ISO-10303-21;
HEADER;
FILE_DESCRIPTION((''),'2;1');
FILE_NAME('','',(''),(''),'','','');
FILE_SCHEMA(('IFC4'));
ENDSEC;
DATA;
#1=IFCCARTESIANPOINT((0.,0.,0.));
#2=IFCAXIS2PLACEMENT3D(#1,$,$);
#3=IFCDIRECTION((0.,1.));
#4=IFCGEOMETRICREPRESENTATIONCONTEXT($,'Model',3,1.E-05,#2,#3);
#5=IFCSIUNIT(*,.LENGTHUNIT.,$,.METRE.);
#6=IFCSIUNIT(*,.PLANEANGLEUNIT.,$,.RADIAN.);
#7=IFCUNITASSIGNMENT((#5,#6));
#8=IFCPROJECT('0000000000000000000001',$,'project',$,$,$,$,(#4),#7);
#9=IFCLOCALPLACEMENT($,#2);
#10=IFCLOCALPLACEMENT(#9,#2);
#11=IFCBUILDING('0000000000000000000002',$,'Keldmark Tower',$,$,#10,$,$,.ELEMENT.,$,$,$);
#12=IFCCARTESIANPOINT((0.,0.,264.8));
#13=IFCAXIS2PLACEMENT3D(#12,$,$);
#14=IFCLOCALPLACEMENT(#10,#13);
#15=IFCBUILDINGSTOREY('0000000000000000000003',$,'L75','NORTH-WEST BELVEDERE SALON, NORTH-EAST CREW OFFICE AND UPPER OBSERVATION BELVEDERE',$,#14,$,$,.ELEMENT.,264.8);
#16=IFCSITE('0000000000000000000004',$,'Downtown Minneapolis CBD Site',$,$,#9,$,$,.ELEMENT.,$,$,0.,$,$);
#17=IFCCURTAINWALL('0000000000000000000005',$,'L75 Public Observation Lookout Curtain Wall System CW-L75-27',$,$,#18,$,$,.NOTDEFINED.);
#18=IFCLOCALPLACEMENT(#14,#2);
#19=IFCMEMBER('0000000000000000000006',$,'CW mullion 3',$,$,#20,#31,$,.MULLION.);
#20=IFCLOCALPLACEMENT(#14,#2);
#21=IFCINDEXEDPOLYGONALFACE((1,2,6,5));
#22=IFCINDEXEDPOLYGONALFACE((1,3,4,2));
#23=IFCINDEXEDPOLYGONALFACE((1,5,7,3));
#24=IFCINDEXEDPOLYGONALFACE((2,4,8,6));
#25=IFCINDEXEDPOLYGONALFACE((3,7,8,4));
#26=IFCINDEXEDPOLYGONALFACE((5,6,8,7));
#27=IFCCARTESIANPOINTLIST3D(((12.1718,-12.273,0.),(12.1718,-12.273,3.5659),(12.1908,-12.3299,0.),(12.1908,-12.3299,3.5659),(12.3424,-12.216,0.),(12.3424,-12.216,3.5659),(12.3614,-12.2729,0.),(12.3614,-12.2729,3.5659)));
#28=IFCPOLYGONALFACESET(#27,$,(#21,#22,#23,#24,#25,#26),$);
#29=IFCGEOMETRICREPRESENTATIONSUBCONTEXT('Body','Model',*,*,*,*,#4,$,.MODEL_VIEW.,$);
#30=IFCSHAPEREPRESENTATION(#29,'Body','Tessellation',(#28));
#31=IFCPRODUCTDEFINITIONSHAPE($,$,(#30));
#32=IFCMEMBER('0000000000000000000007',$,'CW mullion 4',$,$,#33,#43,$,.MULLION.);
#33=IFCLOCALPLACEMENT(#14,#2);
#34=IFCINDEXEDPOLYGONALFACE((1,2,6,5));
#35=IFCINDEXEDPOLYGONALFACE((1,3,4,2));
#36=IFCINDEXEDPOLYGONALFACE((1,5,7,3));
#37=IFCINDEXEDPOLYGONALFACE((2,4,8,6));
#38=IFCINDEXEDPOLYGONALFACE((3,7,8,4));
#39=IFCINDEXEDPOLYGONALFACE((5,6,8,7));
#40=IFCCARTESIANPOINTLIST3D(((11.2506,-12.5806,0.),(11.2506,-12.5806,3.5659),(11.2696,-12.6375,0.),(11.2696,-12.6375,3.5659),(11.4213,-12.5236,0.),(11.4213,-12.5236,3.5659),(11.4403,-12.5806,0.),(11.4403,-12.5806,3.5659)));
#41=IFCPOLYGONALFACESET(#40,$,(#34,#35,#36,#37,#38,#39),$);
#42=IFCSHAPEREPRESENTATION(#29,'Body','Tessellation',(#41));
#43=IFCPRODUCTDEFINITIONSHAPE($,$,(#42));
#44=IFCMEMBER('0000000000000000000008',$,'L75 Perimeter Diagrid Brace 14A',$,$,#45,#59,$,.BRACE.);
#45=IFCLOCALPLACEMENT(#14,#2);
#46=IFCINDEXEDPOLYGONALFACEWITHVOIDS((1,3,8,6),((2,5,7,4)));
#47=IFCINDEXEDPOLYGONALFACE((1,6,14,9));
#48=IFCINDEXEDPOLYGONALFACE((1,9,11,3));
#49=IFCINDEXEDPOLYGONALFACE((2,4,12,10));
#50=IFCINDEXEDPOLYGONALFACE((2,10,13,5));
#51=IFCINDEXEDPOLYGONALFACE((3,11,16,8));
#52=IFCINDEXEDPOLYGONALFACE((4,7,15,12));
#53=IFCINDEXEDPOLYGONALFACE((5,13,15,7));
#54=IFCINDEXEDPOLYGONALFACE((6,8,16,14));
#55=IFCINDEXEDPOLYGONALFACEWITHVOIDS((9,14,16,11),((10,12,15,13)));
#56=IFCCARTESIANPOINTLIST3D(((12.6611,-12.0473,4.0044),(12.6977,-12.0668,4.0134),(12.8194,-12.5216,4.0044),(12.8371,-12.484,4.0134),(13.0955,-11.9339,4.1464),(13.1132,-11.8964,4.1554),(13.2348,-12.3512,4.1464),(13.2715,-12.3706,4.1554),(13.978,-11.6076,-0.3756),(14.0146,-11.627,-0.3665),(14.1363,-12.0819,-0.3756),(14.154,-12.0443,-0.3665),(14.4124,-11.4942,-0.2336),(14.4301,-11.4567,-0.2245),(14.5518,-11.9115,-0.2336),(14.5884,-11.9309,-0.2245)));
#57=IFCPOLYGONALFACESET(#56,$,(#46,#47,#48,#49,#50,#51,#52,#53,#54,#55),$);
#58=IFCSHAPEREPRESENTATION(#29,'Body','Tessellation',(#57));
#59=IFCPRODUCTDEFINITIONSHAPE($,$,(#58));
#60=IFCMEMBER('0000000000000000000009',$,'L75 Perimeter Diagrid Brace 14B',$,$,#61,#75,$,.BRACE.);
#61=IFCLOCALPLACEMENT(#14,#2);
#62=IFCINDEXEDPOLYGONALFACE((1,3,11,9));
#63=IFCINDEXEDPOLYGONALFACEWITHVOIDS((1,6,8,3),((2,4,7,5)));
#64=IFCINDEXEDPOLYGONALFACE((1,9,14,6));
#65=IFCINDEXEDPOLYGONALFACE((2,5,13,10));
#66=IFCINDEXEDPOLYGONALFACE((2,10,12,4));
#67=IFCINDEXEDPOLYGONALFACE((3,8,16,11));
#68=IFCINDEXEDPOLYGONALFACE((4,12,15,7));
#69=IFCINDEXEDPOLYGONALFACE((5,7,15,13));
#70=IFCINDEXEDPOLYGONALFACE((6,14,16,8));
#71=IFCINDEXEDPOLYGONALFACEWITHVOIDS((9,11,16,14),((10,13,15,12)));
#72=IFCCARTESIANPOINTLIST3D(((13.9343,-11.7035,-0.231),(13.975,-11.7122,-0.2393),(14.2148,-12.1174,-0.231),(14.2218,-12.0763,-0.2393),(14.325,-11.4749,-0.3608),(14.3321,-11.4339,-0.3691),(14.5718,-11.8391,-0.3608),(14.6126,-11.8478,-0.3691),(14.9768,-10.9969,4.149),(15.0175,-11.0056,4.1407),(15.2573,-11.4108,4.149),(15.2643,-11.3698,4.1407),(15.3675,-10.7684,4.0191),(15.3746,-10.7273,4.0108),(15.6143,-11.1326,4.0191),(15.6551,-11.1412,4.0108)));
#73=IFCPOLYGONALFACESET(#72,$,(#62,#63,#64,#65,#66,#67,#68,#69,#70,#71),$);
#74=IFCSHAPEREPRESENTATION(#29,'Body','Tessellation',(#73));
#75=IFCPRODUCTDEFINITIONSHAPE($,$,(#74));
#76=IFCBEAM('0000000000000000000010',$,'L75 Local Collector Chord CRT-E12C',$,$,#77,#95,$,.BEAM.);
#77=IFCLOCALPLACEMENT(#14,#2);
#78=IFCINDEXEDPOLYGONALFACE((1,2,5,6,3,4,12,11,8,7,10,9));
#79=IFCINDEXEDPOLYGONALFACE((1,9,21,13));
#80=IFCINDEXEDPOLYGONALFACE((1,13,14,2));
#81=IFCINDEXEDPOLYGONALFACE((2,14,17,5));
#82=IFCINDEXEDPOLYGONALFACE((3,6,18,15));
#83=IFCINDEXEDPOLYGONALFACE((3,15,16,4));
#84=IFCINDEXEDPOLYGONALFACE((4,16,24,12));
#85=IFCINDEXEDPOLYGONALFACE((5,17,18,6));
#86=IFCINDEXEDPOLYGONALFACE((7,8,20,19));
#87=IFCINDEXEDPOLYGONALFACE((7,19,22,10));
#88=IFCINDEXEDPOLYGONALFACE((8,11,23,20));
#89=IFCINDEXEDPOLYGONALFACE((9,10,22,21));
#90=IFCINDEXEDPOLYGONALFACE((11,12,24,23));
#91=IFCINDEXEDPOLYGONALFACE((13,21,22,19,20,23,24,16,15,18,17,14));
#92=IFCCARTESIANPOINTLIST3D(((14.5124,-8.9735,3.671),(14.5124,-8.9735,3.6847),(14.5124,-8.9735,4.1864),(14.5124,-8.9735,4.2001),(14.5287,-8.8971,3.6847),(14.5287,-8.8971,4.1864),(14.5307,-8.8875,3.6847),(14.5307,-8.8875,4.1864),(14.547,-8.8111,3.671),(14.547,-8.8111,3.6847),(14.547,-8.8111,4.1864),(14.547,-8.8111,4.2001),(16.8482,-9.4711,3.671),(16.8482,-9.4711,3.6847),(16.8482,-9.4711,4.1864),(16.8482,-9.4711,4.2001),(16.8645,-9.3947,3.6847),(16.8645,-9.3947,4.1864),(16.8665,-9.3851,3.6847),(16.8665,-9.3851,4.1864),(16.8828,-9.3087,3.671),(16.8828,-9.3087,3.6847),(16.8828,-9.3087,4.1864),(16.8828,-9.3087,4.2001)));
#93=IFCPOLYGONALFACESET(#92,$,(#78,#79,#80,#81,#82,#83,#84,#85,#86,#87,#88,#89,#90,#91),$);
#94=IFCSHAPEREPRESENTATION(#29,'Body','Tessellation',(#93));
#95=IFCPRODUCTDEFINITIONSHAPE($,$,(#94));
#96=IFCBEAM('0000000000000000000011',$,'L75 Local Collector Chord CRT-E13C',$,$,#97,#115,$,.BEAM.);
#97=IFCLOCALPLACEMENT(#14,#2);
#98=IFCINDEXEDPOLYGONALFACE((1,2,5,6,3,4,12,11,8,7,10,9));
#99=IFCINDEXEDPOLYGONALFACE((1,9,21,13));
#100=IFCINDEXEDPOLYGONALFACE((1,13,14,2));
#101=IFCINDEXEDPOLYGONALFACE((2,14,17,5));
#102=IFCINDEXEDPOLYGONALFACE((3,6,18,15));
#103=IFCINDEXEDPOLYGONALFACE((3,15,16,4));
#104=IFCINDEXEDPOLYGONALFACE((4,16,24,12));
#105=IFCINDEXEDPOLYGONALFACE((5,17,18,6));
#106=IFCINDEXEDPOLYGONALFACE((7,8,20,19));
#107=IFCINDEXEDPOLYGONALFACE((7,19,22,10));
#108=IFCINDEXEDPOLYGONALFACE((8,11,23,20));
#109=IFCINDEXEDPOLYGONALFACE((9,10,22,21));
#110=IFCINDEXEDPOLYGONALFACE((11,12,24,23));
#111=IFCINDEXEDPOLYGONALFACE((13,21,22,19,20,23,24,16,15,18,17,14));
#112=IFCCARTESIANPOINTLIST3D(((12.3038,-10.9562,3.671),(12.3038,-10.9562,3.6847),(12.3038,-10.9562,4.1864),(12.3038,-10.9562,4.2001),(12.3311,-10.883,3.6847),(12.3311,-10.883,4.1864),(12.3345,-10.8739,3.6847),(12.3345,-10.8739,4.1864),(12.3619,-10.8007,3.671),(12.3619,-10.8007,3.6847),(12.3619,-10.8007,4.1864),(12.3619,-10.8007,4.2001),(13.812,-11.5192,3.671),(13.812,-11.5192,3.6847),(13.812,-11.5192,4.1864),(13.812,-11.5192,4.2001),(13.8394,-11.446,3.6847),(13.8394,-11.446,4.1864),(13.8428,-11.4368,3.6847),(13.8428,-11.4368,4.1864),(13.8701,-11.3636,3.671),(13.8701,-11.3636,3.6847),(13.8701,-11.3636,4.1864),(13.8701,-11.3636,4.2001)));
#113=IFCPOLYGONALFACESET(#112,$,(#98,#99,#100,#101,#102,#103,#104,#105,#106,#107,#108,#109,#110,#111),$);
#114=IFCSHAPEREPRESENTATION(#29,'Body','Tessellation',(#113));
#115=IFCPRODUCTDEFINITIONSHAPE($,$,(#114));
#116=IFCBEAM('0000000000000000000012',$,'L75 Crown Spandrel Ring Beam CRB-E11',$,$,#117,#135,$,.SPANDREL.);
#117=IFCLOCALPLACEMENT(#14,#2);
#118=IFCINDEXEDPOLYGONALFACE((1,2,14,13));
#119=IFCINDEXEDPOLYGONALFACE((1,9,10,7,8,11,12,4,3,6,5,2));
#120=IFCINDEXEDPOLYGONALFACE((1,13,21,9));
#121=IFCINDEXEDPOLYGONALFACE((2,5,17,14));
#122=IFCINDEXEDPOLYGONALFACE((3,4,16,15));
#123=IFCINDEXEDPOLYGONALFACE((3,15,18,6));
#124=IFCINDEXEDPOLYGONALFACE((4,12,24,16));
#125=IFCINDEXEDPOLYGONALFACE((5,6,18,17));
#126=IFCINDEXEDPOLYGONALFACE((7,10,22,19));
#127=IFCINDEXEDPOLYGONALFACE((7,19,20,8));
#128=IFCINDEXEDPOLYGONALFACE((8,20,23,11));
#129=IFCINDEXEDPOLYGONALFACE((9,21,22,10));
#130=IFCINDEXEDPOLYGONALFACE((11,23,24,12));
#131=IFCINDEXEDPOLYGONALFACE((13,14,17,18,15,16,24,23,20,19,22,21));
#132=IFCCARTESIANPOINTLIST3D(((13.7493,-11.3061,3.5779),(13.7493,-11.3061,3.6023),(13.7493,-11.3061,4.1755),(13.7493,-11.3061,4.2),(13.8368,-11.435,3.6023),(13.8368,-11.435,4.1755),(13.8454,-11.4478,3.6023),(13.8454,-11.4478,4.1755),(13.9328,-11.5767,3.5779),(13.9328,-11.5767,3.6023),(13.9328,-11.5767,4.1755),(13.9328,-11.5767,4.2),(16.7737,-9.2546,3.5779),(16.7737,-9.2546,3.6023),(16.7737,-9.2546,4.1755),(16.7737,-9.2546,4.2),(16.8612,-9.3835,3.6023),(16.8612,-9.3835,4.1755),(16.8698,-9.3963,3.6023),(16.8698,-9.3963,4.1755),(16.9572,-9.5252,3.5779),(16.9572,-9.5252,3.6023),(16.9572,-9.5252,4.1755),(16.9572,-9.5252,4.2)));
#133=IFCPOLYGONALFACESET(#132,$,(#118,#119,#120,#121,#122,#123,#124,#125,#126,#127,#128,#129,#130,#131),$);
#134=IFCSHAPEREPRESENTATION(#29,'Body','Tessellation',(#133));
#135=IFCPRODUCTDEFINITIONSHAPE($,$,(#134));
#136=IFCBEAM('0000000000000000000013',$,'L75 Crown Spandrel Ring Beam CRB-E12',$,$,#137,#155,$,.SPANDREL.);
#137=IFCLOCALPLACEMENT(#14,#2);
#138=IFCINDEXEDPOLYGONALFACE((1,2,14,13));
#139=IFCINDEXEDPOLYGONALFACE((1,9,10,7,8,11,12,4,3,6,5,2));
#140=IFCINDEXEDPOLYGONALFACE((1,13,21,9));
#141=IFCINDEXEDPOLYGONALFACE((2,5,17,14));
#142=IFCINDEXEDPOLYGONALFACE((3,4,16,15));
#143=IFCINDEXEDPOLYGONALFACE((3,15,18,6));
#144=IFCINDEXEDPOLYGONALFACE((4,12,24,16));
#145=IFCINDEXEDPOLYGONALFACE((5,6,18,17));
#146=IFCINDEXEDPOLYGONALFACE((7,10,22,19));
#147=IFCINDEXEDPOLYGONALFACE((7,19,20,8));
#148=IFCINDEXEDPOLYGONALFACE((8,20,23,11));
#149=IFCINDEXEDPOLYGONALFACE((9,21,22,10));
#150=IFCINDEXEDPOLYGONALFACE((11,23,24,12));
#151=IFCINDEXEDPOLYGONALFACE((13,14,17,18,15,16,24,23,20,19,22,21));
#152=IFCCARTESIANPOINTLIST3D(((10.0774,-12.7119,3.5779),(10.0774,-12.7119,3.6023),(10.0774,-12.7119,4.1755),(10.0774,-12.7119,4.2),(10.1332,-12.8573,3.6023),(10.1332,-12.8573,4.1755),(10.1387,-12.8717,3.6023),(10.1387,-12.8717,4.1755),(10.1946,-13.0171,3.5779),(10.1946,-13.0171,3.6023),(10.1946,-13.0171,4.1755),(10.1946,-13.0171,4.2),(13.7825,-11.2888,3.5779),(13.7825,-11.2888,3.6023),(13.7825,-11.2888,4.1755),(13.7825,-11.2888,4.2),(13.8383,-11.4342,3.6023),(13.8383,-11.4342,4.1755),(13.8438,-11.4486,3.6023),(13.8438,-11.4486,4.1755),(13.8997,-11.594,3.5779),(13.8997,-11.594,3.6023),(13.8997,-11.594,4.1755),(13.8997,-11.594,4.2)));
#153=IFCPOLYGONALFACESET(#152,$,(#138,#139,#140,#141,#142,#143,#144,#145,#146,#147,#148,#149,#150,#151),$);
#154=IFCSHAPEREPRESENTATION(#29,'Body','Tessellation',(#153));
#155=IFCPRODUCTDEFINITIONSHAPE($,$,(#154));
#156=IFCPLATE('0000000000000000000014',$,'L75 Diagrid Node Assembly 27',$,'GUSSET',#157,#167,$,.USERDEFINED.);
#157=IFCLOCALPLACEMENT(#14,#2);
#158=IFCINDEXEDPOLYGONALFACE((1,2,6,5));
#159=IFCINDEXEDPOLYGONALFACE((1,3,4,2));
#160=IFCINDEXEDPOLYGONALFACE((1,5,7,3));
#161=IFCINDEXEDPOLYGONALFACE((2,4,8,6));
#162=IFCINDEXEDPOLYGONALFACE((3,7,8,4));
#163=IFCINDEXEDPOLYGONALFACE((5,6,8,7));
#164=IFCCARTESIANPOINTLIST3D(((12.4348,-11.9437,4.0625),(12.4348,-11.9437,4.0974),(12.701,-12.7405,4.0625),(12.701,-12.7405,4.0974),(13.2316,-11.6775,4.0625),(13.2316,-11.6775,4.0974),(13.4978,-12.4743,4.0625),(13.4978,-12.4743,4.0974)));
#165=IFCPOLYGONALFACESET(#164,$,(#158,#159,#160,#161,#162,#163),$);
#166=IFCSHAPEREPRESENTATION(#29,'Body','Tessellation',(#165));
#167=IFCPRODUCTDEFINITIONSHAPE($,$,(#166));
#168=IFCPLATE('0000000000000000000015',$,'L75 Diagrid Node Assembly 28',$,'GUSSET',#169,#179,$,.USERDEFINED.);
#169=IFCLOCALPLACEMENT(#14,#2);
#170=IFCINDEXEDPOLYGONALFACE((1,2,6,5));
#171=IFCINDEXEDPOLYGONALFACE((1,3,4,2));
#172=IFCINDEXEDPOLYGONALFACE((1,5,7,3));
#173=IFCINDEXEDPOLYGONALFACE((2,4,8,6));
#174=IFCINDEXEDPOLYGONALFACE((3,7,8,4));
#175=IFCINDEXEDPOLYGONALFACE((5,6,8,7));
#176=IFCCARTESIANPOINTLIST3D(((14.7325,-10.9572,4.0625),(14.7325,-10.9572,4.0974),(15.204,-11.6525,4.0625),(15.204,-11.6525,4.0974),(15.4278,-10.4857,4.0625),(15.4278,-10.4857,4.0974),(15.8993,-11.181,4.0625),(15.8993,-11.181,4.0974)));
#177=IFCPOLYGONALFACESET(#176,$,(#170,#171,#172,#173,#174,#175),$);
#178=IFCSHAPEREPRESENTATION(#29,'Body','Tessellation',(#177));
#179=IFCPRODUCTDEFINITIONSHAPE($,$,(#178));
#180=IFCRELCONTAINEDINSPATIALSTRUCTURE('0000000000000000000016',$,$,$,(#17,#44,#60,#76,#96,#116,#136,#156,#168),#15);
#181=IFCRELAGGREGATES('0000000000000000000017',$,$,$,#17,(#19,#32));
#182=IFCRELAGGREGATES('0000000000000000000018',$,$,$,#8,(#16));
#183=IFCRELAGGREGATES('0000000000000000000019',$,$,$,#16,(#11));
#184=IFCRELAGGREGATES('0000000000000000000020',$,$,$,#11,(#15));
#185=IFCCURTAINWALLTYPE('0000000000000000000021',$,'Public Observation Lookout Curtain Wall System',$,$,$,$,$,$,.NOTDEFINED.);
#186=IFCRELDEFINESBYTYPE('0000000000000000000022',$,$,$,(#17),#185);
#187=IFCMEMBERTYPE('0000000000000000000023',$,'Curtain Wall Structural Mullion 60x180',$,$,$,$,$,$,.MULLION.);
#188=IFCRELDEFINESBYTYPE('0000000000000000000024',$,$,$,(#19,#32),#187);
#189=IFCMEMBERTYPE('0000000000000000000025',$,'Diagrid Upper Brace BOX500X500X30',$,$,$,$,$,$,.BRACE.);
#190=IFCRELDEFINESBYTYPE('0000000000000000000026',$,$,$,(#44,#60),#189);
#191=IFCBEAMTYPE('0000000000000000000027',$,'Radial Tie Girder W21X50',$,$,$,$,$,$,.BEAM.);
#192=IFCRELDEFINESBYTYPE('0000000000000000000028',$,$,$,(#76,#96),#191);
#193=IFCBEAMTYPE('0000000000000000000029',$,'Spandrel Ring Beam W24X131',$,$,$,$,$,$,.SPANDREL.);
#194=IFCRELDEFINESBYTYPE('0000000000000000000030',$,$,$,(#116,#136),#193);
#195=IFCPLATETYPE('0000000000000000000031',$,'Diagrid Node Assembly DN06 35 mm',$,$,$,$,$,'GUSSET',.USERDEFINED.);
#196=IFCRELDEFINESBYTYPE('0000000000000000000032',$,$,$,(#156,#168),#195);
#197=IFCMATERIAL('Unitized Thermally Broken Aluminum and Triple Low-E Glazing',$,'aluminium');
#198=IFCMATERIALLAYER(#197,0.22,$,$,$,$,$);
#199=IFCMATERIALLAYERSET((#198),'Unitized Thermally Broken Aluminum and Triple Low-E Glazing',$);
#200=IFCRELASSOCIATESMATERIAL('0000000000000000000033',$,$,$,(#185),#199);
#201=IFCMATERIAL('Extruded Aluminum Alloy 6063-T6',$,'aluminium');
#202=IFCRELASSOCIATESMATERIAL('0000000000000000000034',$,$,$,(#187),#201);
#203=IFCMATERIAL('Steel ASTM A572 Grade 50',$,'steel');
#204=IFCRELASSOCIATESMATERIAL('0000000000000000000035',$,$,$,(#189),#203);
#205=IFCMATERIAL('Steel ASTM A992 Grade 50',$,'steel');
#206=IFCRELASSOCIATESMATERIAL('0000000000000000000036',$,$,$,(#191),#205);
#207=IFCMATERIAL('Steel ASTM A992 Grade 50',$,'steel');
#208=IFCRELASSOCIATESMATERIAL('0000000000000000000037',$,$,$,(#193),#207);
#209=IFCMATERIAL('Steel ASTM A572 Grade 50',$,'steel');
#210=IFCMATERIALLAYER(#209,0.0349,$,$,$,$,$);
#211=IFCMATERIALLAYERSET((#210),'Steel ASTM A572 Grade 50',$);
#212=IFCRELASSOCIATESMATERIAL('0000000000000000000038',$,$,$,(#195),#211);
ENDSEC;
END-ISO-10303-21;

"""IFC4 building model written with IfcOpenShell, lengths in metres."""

from ifc_helpers import new_model, si_unit, direction, frame, origin, origin_2d, place, context, subcontext, project, spatial, rectangle, hollow_rectangle, i_section, extrude, material, layer, layer_set, material_profile, profile_set, type_object, element, aggregate, save


model = new_model("IFC4")

# Units and contexts
model_context = context("Model", 3, precision=1e-05, world=origin(), true_north=direction((0.0, 1.0)))
body_context = subcontext(model_context, "Body", "Model", "MODEL_VIEW")
ifc_project = project(units=[si_unit("LENGTHUNIT", "METRE"), si_unit("PLANEANGLEUNIT", "RADIAN")], contexts=[model_context])

# Site, building, storey
site_placement = place(None, origin())
site = spatial("IfcSite", under=ifc_project, at=site_placement, Name="Downtown Minneapolis CBD Site", CompositionType="ELEMENT", RefElevation=0.0)
building_placement = place(site_placement, origin())
building = spatial("IfcBuilding", under=site, at=building_placement, Name="Keldmark Tower", CompositionType="ELEMENT")
storey_placement = place(building_placement, frame((0.0, 0.0, 264.8)))
storey = spatial("IfcBuildingStorey", under=building, at=storey_placement, Name="L75", Description="NORTH-WEST BELVEDERE SALON, NORTH-EAST CREW OFFICE AND UPPER OBSERVATION BELVEDERE", CompositionType="ELEMENT", Elevation=264.8)

# Curtain wall, members
ifc_material_1 = material(Name="Unitized Thermally Broken Aluminum and Triple Low-E Glazing", Category="aluminium")
ifc_layer_1 = layer(ifc_material_1, 0.22)
ifc_layer_set_1 = layer_set([ifc_layer_1], Name="Unitized Thermally Broken Aluminum and Triple Low-E Glazing")
curtain_wall_type = type_object("IfcCurtainWallType", Name="Public Observation Lookout Curtain Wall System", PredefinedType="NOTDEFINED", material=ifc_layer_set_1)
curtain_wall_placement = place(storey_placement, origin())
curtain_wall = element("IfcCurtainWall", 1, at=curtain_wall_placement, inside=storey, type_object=curtain_wall_type, Name="L75 Public Observation Lookout Curtain Wall System CW-L75-27", PredefinedType="NOTDEFINED")
ifc_material_2 = material(Name="Extruded Aluminum Alloy 6063-T6", Category="aluminium")
ifc_material_profile_1 = material_profile(ifc_material_2, rectangle(XDim=0.0601, YDim=0.1799, at=origin_2d()), Name="CWM60X180")
ifc_profile_set_1 = profile_set([ifc_material_profile_1], Name="Extruded Aluminum Alloy 6063-T6")
member_type_1 = type_object("IfcMemberType", Name="Curtain Wall Structural Mullion 60x180", PredefinedType="MULLION", material=ifc_profile_set_1)
member_1_placement = place(storey_placement, frame((12.2666, -12.2729, 0.0), z_axis=(0.0, 0.0, 1.0), x_axis=(0.316776, -0.9485, 0.0)))
member_1 = element("IfcMember", 2, at=member_1_placement, type_object=member_type_1, Name="CW mullion 3", PredefinedType="MULLION", context=body_context, shape_type="SweptSolid", body=[
    extrude(rectangle(XDim=0.0601, YDim=0.1799, at=origin_2d()), origin(), (0.0, 0.0, 1.0), 3.5659),
])
member_2_placement = place(storey_placement, frame((11.3455, -12.5806, 0.0), z_axis=(0.0, 0.0, 1.0), x_axis=(0.316776, -0.9485, 0.0)))
member_2 = element("IfcMember", 3, at=member_2_placement, type_object=member_type_1, Name="CW mullion 4", PredefinedType="MULLION", context=body_context, shape_type="SweptSolid", body=[
    extrude(rectangle(XDim=0.0601, YDim=0.1799, at=origin_2d()), origin(), (0.0, 0.0, 1.0), 3.5659),
])

# Members
ifc_material_3 = material(Name="Steel ASTM A572 Grade 50", Category="steel")
ifc_material_profile_2 = material_profile(ifc_material_3, hollow_rectangle(XDim=0.5, YDim=0.5, WallThickness=0.03, at=origin_2d()), Name="BOX500X500X30")
ifc_profile_set_2 = profile_set([ifc_material_profile_2], Name="Steel ASTM A572 Grade 50")
member_type_2 = type_object("IfcMemberType", Name="Diagrid Upper Brace BOX500X500X30", PredefinedType="BRACE", material=ifc_profile_set_2)
member_3_placement = place(storey_placement, frame((14.2832, -11.7693, -0.3), z_axis=(-0.286614, -0.095697, 0.953255), x_axis=(0.316703, -0.948525, 0.0)))
element("IfcMember", 4, at=member_3_placement, inside=storey, type_object=member_type_2, Name="L75 Perimeter Diagrid Brace 14A", PredefinedType="BRACE", context=body_context, shape_type="SweptSolid", body=[
    extrude(hollow_rectangle(XDim=0.5, YDim=0.5, WallThickness=0.03, at=origin_2d()), origin(), (0.0, 0.0, 1.0), 4.5947),
])
member_4_placement = place(storey_placement, frame((14.2734, -11.7756, -0.3), z_axis=(0.228748, 0.155034, 0.961061), x_axis=(-0.561037, 0.827791, 0.0)))
element("IfcMember", 5, at=member_4_placement, inside=storey, type_object=member_type_2, Name="L75 Perimeter Diagrid Brace 14B", PredefinedType="BRACE", context=body_context, shape_type="SweptSolid", body=[
    extrude(hollow_rectangle(XDim=0.5, YDim=0.5, WallThickness=0.03, at=origin_2d()), origin(), (0.0, 0.0, 1.0), 4.5574),
])

# Beams
ifc_material_4 = material(Name="Steel ASTM A992 Grade 50", Category="steel")
ifc_material_profile_3 = material_profile(ifc_material_4, i_section(OverallWidth=0.166, OverallDepth=0.5291, WebThickness=0.0098, FlangeThickness=0.0137, at=origin_2d()), Name="W21X50")
ifc_profile_set_3 = profile_set([ifc_material_profile_3], Name="Steel ASTM A992 Grade 50")
beam_type_1 = type_object("IfcBeamType", Name="Radial Tie Girder W21X50", PredefinedType="BEAM", material=ifc_profile_set_3)
beam_1_placement = place(storey_placement, frame((16.8655, -9.3899, 3.9355), z_axis=(-0.978055, 0.208349, 0.0), x_axis=(-0.208349, -0.978055, 0.0)))
element("IfcBeam", 6, at=beam_1_placement, inside=storey, type_object=beam_type_1, Name="L75 Local Collector Chord CRT-E12C", PredefinedType="BEAM", context=body_context, shape_type="SweptSolid", body=[
    extrude(i_section(OverallWidth=0.166, OverallDepth=0.5291, WebThickness=0.0098, FlangeThickness=0.0137, at=origin_2d()), origin(), (0.0, 0.0, 1.0), 2.3882),
])
beam_2_placement = place(storey_placement, frame((13.8411, -11.4414, 3.9355), z_axis=(-0.936864, 0.349694, 0.0), x_axis=(-0.349694, -0.936864, 0.0)))
element("IfcBeam", 7, at=beam_2_placement, inside=storey, type_object=beam_type_1, Name="L75 Local Collector Chord CRT-E13C", PredefinedType="BEAM", context=body_context, shape_type="SweptSolid", body=[
    extrude(i_section(OverallWidth=0.166, OverallDepth=0.5291, WebThickness=0.0098, FlangeThickness=0.0137, at=origin_2d()), origin(), (0.0, 0.0, 1.0), 1.6099),
])
ifc_material_5 = material(Name="Steel ASTM A992 Grade 50", Category="steel")
ifc_material_profile_4 = material_profile(ifc_material_5, i_section(OverallWidth=0.3269, OverallDepth=0.6221, WebThickness=0.0154, FlangeThickness=0.0244, at=origin_2d()), Name="W24X131")
ifc_profile_set_4 = profile_set([ifc_material_profile_4], Name="Steel ASTM A992 Grade 50")
beam_type_2 = type_object("IfcBeamType", Name="Spandrel Ring Beam W24X131", PredefinedType="SPANDREL", material=ifc_profile_set_4)
beam_3_placement = place(storey_placement, frame((16.8655, -9.3899, 3.8889), z_axis=(-0.827573, -0.561358, 0.0), x_axis=(0.561358, -0.827573, 0.0)))
element("IfcBeam", 8, at=beam_3_placement, inside=storey, type_object=beam_type_2, Name="L75 Crown Spandrel Ring Beam CRB-E11", PredefinedType="SPANDREL", context=body_context, shape_type="SweptSolid", body=[
    extrude(i_section(OverallWidth=0.3269, OverallDepth=0.6221, WebThickness=0.0154, FlangeThickness=0.0244, at=origin_2d()), origin(), (0.0, 0.0, 1.0), 3.6545),
])
beam_4_placement = place(storey_placement, frame((13.8411, -11.4414, 3.8889), z_axis=(-0.933509, -0.358554, 0.0), x_axis=(0.358554, -0.933509, 0.0)))
element("IfcBeam", 9, at=beam_4_placement, inside=storey, type_object=beam_type_2, Name="L75 Crown Spandrel Ring Beam CRB-E12", PredefinedType="SPANDREL", context=body_context, shape_type="SweptSolid", body=[
    extrude(i_section(OverallWidth=0.3269, OverallDepth=0.6221, WebThickness=0.0154, FlangeThickness=0.0244, at=origin_2d()), origin(), (0.0, 0.0, 1.0), 3.969),
])

# Plates
ifc_material_6 = material(Name="Steel ASTM A572 Grade 50", Category="steel")
ifc_layer_2 = layer(ifc_material_6, 0.0349)
ifc_layer_set_2 = layer_set([ifc_layer_2], Name="Steel ASTM A572 Grade 50")
plate_type_1 = type_object("IfcPlateType", Name="Diagrid Node Assembly DN06 35 mm", ElementType="GUSSET", PredefinedType="USERDEFINED", material=ifc_layer_set_2)
for number, where, z_axis, x_axis, name in (
    (10, (12.9663, -12.209, 4.0625), (0.0, 0.0, 1.0), (0.94849, 0.316808, 0.0), "L75 Diagrid Node Assembly 27"),
    (11, (15.3159, -11.0691, 4.0625), (0.0, 0.0, 1.0), (0.827669, 0.561217, 0.0), "L75 Diagrid Node Assembly 28"),
):
    element("IfcPlate", number, at=place(storey_placement, frame(where, z_axis=z_axis, x_axis=x_axis)), inside=storey, type_object=plate_type_1, Name=name, ObjectType="GUSSET", PredefinedType="USERDEFINED", context=body_context, shape_type="SweptSolid", body=[
        extrude(rectangle(XDim=0.8401, YDim=0.8401, at=origin_2d()), origin(), (0.0, 0.0, 1.0), 0.0349),
    ])

aggregate(curtain_wall, [member_1, member_2])

save(model, "model.ifc")
